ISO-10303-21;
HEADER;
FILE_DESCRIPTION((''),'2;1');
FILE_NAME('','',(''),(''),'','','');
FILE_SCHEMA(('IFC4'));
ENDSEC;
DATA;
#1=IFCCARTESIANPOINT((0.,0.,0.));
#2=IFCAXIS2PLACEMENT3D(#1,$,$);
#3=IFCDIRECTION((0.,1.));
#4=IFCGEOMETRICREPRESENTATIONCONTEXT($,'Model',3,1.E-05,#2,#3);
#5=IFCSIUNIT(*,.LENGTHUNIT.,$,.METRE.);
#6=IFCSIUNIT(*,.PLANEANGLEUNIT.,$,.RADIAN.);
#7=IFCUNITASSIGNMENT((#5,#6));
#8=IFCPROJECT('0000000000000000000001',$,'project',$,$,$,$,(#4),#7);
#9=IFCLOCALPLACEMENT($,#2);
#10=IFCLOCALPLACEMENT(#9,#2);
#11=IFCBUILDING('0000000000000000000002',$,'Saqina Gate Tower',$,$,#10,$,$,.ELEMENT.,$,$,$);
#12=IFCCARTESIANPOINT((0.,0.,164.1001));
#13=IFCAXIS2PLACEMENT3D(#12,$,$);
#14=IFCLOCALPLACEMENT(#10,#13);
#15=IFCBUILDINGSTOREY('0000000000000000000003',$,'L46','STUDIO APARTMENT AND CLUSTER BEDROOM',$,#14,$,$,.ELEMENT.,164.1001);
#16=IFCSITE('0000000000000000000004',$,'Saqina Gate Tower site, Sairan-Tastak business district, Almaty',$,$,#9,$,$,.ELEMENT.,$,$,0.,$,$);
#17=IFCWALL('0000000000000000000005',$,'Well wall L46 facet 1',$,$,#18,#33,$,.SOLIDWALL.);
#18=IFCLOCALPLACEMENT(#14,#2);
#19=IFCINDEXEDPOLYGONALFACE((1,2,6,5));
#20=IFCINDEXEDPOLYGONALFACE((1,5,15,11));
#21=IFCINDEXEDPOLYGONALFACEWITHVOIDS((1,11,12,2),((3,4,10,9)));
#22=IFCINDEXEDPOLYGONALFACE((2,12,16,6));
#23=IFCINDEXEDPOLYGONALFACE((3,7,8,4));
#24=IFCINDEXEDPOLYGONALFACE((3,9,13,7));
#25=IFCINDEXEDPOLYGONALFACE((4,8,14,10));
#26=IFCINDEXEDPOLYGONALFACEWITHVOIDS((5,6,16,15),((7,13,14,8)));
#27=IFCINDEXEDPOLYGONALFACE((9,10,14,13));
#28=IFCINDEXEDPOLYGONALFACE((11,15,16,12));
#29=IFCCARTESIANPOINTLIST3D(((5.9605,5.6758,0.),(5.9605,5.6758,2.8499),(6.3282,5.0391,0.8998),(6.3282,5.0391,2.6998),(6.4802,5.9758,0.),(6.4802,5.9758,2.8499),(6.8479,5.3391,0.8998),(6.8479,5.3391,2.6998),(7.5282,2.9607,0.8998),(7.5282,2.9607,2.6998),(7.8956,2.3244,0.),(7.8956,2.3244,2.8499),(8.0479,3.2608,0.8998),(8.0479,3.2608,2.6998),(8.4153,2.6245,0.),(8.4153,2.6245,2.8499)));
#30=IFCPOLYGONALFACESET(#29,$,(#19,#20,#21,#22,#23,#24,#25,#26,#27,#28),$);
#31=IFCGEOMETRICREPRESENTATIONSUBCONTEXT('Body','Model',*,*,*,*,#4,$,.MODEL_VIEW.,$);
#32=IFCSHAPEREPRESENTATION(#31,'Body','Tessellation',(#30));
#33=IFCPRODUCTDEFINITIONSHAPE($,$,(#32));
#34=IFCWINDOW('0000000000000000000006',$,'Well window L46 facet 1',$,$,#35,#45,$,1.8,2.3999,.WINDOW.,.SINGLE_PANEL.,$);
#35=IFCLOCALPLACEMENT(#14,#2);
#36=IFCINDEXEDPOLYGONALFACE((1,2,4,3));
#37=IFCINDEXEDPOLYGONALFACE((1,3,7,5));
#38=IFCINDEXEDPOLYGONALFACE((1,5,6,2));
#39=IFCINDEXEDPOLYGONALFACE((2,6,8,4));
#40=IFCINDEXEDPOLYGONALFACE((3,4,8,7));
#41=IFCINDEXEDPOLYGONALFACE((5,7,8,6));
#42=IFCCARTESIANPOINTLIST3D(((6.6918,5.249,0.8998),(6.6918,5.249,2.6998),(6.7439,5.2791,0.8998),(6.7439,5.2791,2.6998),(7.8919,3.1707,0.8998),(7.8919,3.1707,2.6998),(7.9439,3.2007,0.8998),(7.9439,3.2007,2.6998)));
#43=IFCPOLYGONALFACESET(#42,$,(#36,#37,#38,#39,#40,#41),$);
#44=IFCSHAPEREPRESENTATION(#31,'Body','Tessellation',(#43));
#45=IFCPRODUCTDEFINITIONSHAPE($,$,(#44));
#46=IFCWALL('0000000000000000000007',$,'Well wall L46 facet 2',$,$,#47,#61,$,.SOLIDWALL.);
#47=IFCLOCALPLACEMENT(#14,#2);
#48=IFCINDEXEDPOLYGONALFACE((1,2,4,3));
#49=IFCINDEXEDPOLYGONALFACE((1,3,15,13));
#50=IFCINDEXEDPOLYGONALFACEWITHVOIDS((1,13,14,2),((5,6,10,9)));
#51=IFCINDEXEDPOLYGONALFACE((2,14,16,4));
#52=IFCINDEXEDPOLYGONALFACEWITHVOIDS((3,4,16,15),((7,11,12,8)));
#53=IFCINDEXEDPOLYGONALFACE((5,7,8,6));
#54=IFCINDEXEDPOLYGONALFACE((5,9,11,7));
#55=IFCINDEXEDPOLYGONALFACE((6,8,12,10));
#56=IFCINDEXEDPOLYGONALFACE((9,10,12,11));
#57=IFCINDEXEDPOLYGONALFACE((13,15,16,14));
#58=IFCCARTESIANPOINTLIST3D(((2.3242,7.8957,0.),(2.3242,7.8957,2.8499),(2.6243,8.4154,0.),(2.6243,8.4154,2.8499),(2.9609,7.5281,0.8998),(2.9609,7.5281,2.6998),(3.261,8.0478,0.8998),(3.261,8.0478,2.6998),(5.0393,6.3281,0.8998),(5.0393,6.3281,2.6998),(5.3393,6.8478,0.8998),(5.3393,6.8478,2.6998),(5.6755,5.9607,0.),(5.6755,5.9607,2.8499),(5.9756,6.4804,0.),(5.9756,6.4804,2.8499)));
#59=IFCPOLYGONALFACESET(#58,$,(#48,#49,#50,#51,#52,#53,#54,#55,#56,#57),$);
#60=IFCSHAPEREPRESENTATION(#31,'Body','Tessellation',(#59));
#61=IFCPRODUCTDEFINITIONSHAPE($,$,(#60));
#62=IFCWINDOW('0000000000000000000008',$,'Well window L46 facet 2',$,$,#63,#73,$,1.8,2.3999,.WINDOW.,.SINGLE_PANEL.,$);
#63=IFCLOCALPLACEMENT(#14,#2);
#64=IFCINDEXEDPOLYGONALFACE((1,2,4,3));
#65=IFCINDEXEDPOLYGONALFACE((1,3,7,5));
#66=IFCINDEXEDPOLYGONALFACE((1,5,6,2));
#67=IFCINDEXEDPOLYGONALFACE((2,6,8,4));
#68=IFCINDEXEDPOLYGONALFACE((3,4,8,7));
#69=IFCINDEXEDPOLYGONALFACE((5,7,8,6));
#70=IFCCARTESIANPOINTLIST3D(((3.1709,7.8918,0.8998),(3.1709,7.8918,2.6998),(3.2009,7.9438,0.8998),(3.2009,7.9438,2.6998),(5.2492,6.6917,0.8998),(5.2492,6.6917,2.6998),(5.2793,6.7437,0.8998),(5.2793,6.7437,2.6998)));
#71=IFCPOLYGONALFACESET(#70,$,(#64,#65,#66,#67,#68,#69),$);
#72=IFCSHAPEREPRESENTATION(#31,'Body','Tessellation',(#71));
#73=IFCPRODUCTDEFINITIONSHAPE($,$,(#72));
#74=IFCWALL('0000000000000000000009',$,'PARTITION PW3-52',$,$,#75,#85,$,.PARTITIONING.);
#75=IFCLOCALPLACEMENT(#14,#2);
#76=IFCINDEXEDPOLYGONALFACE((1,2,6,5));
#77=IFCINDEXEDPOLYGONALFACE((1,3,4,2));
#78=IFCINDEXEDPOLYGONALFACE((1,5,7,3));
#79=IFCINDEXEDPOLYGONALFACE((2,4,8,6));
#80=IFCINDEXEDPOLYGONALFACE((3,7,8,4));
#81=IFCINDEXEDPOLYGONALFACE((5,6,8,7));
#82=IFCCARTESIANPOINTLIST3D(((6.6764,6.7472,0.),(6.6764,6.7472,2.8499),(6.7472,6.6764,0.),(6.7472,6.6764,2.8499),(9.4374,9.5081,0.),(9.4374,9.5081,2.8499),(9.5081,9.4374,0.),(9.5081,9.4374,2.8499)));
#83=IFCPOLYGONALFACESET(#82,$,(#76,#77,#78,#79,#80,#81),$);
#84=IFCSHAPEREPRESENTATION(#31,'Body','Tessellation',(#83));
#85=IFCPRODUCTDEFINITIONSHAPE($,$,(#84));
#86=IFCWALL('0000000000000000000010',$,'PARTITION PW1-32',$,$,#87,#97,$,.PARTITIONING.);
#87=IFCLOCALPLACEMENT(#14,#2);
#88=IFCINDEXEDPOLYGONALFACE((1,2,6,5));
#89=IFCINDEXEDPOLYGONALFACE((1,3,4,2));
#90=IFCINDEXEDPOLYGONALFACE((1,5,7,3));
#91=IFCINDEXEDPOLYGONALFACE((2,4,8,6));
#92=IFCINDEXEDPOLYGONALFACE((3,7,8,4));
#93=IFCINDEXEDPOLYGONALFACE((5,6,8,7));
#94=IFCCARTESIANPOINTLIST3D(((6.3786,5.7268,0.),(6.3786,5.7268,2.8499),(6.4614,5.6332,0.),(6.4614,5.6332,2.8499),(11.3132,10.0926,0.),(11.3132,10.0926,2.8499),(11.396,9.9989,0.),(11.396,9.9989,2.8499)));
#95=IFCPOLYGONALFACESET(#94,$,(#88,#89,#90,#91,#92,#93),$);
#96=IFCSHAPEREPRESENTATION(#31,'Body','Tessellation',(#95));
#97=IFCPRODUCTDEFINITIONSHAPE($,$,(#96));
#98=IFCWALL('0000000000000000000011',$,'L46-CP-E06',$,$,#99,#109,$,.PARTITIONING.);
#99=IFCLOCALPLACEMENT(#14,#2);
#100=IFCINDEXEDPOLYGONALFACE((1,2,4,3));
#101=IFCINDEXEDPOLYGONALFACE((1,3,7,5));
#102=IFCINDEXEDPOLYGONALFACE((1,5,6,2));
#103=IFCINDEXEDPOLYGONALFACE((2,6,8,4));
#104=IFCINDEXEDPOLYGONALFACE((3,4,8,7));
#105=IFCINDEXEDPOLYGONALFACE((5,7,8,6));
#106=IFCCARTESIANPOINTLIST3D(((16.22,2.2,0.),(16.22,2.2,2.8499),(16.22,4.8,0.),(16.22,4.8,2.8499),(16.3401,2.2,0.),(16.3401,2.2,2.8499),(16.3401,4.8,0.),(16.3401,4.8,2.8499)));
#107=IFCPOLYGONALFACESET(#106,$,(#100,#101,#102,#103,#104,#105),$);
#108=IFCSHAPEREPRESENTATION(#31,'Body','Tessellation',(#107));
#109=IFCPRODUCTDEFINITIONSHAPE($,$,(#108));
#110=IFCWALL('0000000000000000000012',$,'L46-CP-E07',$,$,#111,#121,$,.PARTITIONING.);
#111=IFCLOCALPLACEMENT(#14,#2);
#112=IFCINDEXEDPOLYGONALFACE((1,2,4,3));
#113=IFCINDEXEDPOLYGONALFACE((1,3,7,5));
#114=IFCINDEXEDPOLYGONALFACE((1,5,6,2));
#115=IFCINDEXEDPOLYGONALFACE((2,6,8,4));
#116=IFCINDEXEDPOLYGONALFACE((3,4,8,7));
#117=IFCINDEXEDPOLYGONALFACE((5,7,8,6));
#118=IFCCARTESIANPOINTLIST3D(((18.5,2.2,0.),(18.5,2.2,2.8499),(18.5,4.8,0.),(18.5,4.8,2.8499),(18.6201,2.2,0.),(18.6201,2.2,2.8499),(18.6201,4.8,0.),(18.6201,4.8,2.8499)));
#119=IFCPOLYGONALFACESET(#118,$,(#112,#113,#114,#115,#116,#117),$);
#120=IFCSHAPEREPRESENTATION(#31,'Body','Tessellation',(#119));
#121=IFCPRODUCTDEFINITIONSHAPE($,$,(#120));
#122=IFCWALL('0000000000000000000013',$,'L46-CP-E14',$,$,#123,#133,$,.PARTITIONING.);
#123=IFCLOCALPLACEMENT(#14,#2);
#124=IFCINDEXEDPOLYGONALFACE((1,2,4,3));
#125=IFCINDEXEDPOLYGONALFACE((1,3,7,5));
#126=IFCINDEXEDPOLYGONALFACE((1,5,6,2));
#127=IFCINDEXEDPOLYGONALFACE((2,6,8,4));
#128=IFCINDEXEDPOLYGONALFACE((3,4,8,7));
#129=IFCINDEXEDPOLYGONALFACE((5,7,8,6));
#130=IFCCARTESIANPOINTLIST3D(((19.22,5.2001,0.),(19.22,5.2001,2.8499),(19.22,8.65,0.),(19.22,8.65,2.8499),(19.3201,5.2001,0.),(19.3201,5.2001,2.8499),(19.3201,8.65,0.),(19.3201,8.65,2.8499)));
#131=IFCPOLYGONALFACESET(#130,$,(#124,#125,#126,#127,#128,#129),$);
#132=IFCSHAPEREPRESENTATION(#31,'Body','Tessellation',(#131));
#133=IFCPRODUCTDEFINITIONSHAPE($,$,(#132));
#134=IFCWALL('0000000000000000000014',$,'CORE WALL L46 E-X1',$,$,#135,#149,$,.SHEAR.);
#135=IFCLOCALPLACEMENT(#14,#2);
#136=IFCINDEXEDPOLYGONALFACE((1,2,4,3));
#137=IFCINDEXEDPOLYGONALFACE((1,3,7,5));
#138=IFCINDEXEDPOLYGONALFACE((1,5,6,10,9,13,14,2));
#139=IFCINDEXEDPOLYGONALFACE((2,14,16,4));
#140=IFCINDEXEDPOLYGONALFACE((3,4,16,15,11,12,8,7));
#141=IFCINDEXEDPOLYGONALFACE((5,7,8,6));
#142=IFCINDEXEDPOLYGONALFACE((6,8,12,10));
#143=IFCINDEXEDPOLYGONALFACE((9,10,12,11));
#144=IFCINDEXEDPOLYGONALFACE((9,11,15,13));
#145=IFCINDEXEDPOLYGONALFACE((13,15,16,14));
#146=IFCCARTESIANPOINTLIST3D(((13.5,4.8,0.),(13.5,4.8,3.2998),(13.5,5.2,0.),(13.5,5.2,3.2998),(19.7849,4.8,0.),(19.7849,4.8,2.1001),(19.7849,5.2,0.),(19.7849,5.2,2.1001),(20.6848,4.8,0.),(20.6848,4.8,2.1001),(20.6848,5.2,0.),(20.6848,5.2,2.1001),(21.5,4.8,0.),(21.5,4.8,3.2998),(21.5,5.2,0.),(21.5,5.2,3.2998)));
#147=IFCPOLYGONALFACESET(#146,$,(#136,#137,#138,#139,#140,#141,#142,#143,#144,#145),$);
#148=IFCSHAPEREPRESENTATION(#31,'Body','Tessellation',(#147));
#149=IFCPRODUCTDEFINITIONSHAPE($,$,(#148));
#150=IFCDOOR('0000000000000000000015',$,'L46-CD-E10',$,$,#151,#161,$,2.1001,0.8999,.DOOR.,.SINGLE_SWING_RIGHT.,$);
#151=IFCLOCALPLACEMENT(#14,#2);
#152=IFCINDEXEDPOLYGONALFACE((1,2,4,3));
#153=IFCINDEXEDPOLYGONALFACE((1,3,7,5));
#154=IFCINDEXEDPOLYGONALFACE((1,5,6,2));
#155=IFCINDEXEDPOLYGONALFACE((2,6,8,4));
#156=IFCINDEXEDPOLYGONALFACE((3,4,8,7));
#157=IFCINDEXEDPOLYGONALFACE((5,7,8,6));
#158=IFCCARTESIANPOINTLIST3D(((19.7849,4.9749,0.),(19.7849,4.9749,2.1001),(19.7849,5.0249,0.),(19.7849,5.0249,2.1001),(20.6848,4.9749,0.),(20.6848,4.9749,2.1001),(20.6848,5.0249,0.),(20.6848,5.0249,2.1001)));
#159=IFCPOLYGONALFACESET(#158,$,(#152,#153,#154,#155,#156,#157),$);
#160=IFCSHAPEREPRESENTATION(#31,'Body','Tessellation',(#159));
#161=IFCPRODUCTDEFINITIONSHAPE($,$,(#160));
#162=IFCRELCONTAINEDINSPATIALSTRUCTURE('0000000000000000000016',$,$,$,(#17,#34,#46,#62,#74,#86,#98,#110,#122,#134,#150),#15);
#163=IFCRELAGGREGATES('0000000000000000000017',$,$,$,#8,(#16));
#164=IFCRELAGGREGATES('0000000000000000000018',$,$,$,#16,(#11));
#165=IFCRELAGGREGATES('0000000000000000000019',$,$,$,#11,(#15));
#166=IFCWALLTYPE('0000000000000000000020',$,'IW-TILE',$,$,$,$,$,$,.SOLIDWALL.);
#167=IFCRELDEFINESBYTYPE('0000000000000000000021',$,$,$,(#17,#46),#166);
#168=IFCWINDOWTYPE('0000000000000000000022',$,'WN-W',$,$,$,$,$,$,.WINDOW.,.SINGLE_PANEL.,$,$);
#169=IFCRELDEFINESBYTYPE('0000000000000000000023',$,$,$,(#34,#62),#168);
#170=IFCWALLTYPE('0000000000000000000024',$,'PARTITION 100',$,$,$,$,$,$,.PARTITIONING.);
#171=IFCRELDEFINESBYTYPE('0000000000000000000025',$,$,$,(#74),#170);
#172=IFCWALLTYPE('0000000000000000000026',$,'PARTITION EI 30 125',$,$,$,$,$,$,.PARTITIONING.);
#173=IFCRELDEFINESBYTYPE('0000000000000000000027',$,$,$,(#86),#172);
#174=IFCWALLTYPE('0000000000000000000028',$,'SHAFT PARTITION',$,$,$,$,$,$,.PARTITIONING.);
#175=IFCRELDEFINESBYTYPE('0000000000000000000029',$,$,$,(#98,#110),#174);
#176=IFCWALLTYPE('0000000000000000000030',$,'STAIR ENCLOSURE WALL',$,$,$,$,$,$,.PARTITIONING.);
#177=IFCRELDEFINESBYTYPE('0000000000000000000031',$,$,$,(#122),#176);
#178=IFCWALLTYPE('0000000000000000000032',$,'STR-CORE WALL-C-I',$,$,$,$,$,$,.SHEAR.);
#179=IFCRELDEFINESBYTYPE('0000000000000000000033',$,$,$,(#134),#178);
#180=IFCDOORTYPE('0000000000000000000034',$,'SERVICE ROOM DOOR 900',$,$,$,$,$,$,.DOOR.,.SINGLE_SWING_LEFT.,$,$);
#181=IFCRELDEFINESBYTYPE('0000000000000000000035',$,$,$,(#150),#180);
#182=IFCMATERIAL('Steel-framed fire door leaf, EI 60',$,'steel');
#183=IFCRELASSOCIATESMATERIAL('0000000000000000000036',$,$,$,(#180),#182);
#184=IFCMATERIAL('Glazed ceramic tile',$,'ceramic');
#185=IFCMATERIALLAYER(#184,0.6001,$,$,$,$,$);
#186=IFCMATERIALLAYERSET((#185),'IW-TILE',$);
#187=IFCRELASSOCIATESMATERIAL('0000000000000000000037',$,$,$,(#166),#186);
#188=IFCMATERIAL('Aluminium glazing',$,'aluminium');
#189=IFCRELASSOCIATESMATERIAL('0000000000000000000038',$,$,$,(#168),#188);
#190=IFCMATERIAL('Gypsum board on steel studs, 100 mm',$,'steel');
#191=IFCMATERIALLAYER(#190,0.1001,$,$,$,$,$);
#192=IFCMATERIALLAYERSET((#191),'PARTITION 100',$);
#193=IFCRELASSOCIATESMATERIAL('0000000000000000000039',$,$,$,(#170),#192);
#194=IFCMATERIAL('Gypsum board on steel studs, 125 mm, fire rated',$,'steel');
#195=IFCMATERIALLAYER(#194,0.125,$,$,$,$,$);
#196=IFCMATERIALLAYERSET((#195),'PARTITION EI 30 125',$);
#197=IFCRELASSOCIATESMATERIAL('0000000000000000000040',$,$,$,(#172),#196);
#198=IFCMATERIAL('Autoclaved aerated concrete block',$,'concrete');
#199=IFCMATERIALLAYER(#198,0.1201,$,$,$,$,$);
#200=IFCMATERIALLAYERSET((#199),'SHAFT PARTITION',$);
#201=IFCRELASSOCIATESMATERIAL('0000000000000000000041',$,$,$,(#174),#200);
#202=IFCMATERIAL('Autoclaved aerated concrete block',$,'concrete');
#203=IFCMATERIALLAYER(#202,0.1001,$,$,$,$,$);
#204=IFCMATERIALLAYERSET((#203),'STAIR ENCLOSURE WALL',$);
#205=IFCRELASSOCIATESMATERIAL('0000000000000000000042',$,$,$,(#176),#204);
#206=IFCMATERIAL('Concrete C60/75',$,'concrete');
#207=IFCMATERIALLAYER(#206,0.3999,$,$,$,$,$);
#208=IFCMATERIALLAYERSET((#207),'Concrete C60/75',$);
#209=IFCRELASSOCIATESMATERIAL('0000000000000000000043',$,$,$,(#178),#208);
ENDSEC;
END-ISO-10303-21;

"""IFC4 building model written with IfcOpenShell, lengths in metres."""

from ifc_helpers import new_model, si_unit, direction, frame, frame_2d, origin, place, context, subcontext, project, spatial, rectangle, extrude, material, layer, layer_set, type_object, element, fill, save


model = new_model("IFC4")

# Units and contexts
model_context = context("Model", 3, precision=1e-05, world=origin(), true_north=direction((0.0, 1.0)))
body_context = subcontext(model_context, "Body", "Model", "MODEL_VIEW")
ifc_project = project(units=[si_unit("LENGTHUNIT", "METRE"), si_unit("PLANEANGLEUNIT", "RADIAN")], contexts=[model_context])

# Site, building, storey
site_placement = place(None, origin())
site = spatial("IfcSite", under=ifc_project, at=site_placement, Name="Saqina Gate Tower site, Sairan-Tastak business district, Almaty", CompositionType="ELEMENT", RefElevation=0.0)
building_placement = place(site_placement, origin())
building = spatial("IfcBuilding", under=site, at=building_placement, Name="Saqina Gate Tower", CompositionType="ELEMENT")
storey_placement = place(building_placement, frame((0.0, 0.0, 164.1001)))
storey = spatial("IfcBuildingStorey", under=building, at=storey_placement, Name="L46", Description="STUDIO APARTMENT AND CLUSTER BEDROOM", CompositionType="ELEMENT", Elevation=164.1001)

# Shared definitions
ifc_material_1 = material(Name="Steel-framed fire door leaf, EI 60", Category="steel")
door_type_1 = type_object("IfcDoorType", Name="SERVICE ROOM DOOR 900", OperationType="SINGLE_SWING_LEFT", PredefinedType="DOOR", material=ifc_material_1)

# Walls, openings, windows
ifc_material_2 = material(Name="Glazed ceramic tile", Category="ceramic")
ifc_layer_1 = layer(ifc_material_2, 0.6001)
ifc_layer_set_1 = layer_set([ifc_layer_1], Name="IW-TILE")
wall_type_1 = type_object("IfcWallType", Name="IW-TILE", PredefinedType="SOLIDWALL", material=ifc_layer_set_1)
wall_1_placement = place(storey_placement, frame((8.1555, 2.4744, 0.0), z_axis=(0.0, 0.0, 1.0), x_axis=(-0.500034, 0.866006, 0.0)))
wall_1 = element("IfcWall", 1, at=wall_1_placement, inside=storey, type_object=wall_type_1, Name="Well wall L46 facet 1", PredefinedType="SOLIDWALL", context=body_context, shape_type="SweptSolid", body=[
    extrude(rectangle(XDim=3.8699, YDim=0.6001, at=frame_2d((1.9351, 0.0))), origin(), (0.0, 0.0, 1.0), 2.8499),
])
opening_1_placement = place(wall_1_placement, frame((0.7349, 0.0, 0.8999)))
opening_1 = element("IfcOpeningElement", 2, at=opening_1_placement, cuts=wall_1, PredefinedType="OPENING", context=body_context, shape_type="SweptSolid", body=[
    extrude(rectangle(XDim=2.3999, YDim=1.8, at=frame_2d((1.2, 0.8999))), frame((0.0, 0.312, 0.0), z_axis=(0.0, -1.0, 0.0), x_axis=(1.0, 0.0, 0.0)), (0.0, 0.0, 1.0), 0.624),
])
ifc_material_3 = material(Name="Aluminium glazing", Category="aluminium")
window_type = type_object("IfcWindowType", Name="WN-W", PartitioningType="SINGLE_PANEL", PredefinedType="WINDOW", material=ifc_material_3)
window_1_placement = place(opening_1_placement, origin())
window_1 = element("IfcWindow", 3, at=window_1_placement, inside=storey, type_object=window_type, Name="Well window L46 facet 1", OverallHeight=1.8, OverallWidth=2.3999, PartitioningType="SINGLE_PANEL", PredefinedType="WINDOW", context=body_context, shape_type="SweptSolid", body=[
    extrude(rectangle(XDim=2.3999, YDim=1.8, at=frame_2d((1.2, 0.8999))), frame((0.0, -0.1199, 0.0), z_axis=(0.0, -1.0, 0.0), x_axis=(1.0, 0.0, 0.0)), (0.0, 0.0, 1.0), 0.0601),
])
fill(opening_1, window_1)
wall_2_placement = place(storey_placement, frame((5.8257, 6.2205, 0.0), z_axis=(0.0, 0.0, 1.0), x_axis=(-0.866006, 0.500034, 0.0)))
wall_2 = element("IfcWall", 4, at=wall_2_placement, inside=storey, type_object=wall_type_1, Name="Well wall L46 facet 2", PredefinedType="SOLIDWALL", context=body_context, shape_type="SweptSolid", body=[
    extrude(rectangle(XDim=3.8699, YDim=0.6001, at=frame_2d((1.9351, 0.0))), origin(), (0.0, 0.0, 1.0), 2.8499),
])
opening_2_placement = place(wall_2_placement, frame((0.7349, 0.0, 0.8999)))
opening_2 = element("IfcOpeningElement", 5, at=opening_2_placement, cuts=wall_2, PredefinedType="OPENING", context=body_context, shape_type="SweptSolid", body=[
    extrude(rectangle(XDim=2.3999, YDim=1.8, at=frame_2d((1.2, 0.8999))), frame((0.0, 0.312, 0.0), z_axis=(0.0, -1.0, 0.0), x_axis=(1.0, 0.0, 0.0)), (0.0, 0.0, 1.0), 0.624),
])
window_2_placement = place(opening_2_placement, origin())
window_2 = element("IfcWindow", 6, at=window_2_placement, inside=storey, type_object=window_type, Name="Well window L46 facet 2", OverallHeight=1.8, OverallWidth=2.3999, PartitioningType="SINGLE_PANEL", PredefinedType="WINDOW", context=body_context, shape_type="SweptSolid", body=[
    extrude(rectangle(XDim=2.3999, YDim=1.8, at=frame_2d((1.2, 0.8999))), frame((0.0, -0.1199, 0.0), z_axis=(0.0, -1.0, 0.0), x_axis=(1.0, 0.0, 0.0)), (0.0, 0.0, 1.0), 0.0601),
])
fill(opening_2, window_2)

# Walls
ifc_material_4 = material(Name="Gypsum board on steel studs, 100 mm", Category="steel")
ifc_layer_2 = layer(ifc_material_4, 0.1001)
ifc_layer_set_2 = layer_set([ifc_layer_2], Name="PARTITION 100")
wall_type_2 = type_object("IfcWallType", Name="PARTITION 100", PredefinedType="PARTITIONING", material=ifc_layer_set_2)
wall_3_placement = place(storey_placement, frame((6.7119, 6.7119, 0.0), z_axis=(0.0, 0.0, 1.0), x_axis=(0.707107, 0.707107, 0.0)))
element("IfcWall", 7, at=wall_3_placement, inside=storey, type_object=wall_type_2, Name="PARTITION PW3-52", PredefinedType="PARTITIONING", context=body_context, shape_type="SweptSolid", body=[
    extrude(rectangle(XDim=3.9045, YDim=0.1001, at=frame_2d((1.9521, 0.0))), origin(), (0.0, 0.0, 1.0), 2.8499),
])
ifc_material_5 = material(Name="Gypsum board on steel studs, 125 mm, fire rated", Category="steel")
ifc_layer_3 = layer(ifc_material_5, 0.125)
ifc_layer_set_3 = layer_set([ifc_layer_3], Name="PARTITION EI 30 125")
wall_type_3 = type_object("IfcWallType", Name="PARTITION EI 30 125", PredefinedType="PARTITIONING", material=ifc_layer_set_3)
wall_4_placement = place(storey_placement, frame((6.4199, 5.6799, 0.0), z_axis=(0.0, 0.0, 1.0), x_axis=(0.748957, 0.662619, 0.0)))
element("IfcWall", 8, at=wall_4_placement, inside=storey, type_object=wall_type_3, Name="PARTITION PW1-32", PredefinedType="PARTITIONING", context=body_context, shape_type="SweptSolid", body=[
    extrude(rectangle(XDim=6.5886, YDim=0.125, at=frame_2d((3.2944, 0.0))), origin(), (0.0, 0.0, 1.0), 2.8499),
])
ifc_material_6 = material(Name="Autoclaved aerated concrete block", Category="concrete")
ifc_layer_4 = layer(ifc_material_6, 0.1201)
ifc_layer_set_4 = layer_set([ifc_layer_4], Name="SHAFT PARTITION")
wall_type_4 = type_object("IfcWallType", Name="SHAFT PARTITION", PredefinedType="PARTITIONING", material=ifc_layer_set_4)
for number, where, z_axis, x_axis, name in (
    (9, (16.28, 2.2, 0.0), (0.0, 0.0, 1.0), (0.0, 1.0, 0.0), "L46-CP-E06"),
    (10, (18.5601, 2.2, 0.0), (0.0, 0.0, 1.0), (0.0, 1.0, 0.0), "L46-CP-E07"),
):
    element("IfcWall", number, at=place(storey_placement, frame(where, z_axis=z_axis, x_axis=x_axis)), inside=storey, type_object=wall_type_4, Name=name, PredefinedType="PARTITIONING", context=body_context, shape_type="SweptSolid", body=[
        extrude(rectangle(XDim=2.6001, YDim=0.1201, at=frame_2d((1.3, 0.0))), origin(), (0.0, 0.0, 1.0), 2.8499),
    ])
ifc_material_7 = material(Name="Autoclaved aerated concrete block", Category="concrete")
ifc_layer_5 = layer(ifc_material_7, 0.1001)
ifc_layer_set_5 = layer_set([ifc_layer_5], Name="STAIR ENCLOSURE WALL")
wall_type_5 = type_object("IfcWallType", Name="STAIR ENCLOSURE WALL", PredefinedType="PARTITIONING", material=ifc_layer_set_5)
wall_5_placement = place(storey_placement, frame((19.27, 5.2, 0.0), z_axis=(0.0, 0.0, 1.0), x_axis=(0.0, 1.0, 0.0)))
element("IfcWall", 11, at=wall_5_placement, inside=storey, type_object=wall_type_5, Name="L46-CP-E14", PredefinedType="PARTITIONING", context=body_context, shape_type="SweptSolid", body=[
    extrude(rectangle(XDim=3.45, YDim=0.1001, at=frame_2d((1.7251, 0.0))), origin(), (0.0, 0.0, 1.0), 2.8499),
])

# Wall, opening, door
ifc_material_8 = material(Name="Concrete C60/75", Category="concrete")
ifc_layer_6 = layer(ifc_material_8, 0.3999)
ifc_layer_set_6 = layer_set([ifc_layer_6], Name="Concrete C60/75")
wall_type_6 = type_object("IfcWallType", Name="STR-CORE WALL-C-I", PredefinedType="SHEAR", material=ifc_layer_set_6)
wall_6_placement = place(storey_placement, frame((13.5, 5.0, 0.0), z_axis=(0.0, 0.0, 1.0), x_axis=(1.0, 0.0, 0.0)))
wall_6 = element("IfcWall", 12, at=wall_6_placement, inside=storey, type_object=wall_type_6, Name="CORE WALL L46 E-X1", PredefinedType="SHEAR", context=body_context, shape_type="SweptSolid", body=[
    extrude(rectangle(XDim=8.0, YDim=0.3999, at=frame_2d((4.0, 0.0))), origin(), (0.0, 0.0, 1.0), 3.2998),
])
opening_3_placement = place(wall_6_placement, frame((6.2849, 0.0, 0.0)))
opening_3 = element("IfcOpeningElement", 13, at=opening_3_placement, cuts=wall_6, PredefinedType="OPENING", context=body_context, shape_type="SweptSolid", body=[
    extrude(rectangle(XDim=0.8999, YDim=2.1001, at=frame_2d((0.45, 1.05))), frame((0.0, 0.2119, 0.0), z_axis=(0.0, -1.0, 0.0), x_axis=(1.0, 0.0, 0.0)), (0.0, 0.0, 1.0), 0.4238),
])
door_1_placement = place(opening_3_placement, origin())
door_1 = element("IfcDoor", 14, at=door_1_placement, inside=storey, type_object=door_type_1, Name="L46-CD-E10", OperationType="SINGLE_SWING_RIGHT", OverallHeight=2.1001, OverallWidth=0.8999, PredefinedType="DOOR", context=body_context, shape_type="SweptSolid", body=[
    extrude(rectangle(XDim=0.8999, YDim=2.1001, at=frame_2d((0.45, 1.05))), frame((0.0, 0.0249, 0.0), z_axis=(0.0, -1.0, 0.0), x_axis=(1.0, 0.0, 0.0)), (0.0, 0.0, 1.0), 0.05),
])
fill(opening_3, door_1)

save(model, "model.ifc")
